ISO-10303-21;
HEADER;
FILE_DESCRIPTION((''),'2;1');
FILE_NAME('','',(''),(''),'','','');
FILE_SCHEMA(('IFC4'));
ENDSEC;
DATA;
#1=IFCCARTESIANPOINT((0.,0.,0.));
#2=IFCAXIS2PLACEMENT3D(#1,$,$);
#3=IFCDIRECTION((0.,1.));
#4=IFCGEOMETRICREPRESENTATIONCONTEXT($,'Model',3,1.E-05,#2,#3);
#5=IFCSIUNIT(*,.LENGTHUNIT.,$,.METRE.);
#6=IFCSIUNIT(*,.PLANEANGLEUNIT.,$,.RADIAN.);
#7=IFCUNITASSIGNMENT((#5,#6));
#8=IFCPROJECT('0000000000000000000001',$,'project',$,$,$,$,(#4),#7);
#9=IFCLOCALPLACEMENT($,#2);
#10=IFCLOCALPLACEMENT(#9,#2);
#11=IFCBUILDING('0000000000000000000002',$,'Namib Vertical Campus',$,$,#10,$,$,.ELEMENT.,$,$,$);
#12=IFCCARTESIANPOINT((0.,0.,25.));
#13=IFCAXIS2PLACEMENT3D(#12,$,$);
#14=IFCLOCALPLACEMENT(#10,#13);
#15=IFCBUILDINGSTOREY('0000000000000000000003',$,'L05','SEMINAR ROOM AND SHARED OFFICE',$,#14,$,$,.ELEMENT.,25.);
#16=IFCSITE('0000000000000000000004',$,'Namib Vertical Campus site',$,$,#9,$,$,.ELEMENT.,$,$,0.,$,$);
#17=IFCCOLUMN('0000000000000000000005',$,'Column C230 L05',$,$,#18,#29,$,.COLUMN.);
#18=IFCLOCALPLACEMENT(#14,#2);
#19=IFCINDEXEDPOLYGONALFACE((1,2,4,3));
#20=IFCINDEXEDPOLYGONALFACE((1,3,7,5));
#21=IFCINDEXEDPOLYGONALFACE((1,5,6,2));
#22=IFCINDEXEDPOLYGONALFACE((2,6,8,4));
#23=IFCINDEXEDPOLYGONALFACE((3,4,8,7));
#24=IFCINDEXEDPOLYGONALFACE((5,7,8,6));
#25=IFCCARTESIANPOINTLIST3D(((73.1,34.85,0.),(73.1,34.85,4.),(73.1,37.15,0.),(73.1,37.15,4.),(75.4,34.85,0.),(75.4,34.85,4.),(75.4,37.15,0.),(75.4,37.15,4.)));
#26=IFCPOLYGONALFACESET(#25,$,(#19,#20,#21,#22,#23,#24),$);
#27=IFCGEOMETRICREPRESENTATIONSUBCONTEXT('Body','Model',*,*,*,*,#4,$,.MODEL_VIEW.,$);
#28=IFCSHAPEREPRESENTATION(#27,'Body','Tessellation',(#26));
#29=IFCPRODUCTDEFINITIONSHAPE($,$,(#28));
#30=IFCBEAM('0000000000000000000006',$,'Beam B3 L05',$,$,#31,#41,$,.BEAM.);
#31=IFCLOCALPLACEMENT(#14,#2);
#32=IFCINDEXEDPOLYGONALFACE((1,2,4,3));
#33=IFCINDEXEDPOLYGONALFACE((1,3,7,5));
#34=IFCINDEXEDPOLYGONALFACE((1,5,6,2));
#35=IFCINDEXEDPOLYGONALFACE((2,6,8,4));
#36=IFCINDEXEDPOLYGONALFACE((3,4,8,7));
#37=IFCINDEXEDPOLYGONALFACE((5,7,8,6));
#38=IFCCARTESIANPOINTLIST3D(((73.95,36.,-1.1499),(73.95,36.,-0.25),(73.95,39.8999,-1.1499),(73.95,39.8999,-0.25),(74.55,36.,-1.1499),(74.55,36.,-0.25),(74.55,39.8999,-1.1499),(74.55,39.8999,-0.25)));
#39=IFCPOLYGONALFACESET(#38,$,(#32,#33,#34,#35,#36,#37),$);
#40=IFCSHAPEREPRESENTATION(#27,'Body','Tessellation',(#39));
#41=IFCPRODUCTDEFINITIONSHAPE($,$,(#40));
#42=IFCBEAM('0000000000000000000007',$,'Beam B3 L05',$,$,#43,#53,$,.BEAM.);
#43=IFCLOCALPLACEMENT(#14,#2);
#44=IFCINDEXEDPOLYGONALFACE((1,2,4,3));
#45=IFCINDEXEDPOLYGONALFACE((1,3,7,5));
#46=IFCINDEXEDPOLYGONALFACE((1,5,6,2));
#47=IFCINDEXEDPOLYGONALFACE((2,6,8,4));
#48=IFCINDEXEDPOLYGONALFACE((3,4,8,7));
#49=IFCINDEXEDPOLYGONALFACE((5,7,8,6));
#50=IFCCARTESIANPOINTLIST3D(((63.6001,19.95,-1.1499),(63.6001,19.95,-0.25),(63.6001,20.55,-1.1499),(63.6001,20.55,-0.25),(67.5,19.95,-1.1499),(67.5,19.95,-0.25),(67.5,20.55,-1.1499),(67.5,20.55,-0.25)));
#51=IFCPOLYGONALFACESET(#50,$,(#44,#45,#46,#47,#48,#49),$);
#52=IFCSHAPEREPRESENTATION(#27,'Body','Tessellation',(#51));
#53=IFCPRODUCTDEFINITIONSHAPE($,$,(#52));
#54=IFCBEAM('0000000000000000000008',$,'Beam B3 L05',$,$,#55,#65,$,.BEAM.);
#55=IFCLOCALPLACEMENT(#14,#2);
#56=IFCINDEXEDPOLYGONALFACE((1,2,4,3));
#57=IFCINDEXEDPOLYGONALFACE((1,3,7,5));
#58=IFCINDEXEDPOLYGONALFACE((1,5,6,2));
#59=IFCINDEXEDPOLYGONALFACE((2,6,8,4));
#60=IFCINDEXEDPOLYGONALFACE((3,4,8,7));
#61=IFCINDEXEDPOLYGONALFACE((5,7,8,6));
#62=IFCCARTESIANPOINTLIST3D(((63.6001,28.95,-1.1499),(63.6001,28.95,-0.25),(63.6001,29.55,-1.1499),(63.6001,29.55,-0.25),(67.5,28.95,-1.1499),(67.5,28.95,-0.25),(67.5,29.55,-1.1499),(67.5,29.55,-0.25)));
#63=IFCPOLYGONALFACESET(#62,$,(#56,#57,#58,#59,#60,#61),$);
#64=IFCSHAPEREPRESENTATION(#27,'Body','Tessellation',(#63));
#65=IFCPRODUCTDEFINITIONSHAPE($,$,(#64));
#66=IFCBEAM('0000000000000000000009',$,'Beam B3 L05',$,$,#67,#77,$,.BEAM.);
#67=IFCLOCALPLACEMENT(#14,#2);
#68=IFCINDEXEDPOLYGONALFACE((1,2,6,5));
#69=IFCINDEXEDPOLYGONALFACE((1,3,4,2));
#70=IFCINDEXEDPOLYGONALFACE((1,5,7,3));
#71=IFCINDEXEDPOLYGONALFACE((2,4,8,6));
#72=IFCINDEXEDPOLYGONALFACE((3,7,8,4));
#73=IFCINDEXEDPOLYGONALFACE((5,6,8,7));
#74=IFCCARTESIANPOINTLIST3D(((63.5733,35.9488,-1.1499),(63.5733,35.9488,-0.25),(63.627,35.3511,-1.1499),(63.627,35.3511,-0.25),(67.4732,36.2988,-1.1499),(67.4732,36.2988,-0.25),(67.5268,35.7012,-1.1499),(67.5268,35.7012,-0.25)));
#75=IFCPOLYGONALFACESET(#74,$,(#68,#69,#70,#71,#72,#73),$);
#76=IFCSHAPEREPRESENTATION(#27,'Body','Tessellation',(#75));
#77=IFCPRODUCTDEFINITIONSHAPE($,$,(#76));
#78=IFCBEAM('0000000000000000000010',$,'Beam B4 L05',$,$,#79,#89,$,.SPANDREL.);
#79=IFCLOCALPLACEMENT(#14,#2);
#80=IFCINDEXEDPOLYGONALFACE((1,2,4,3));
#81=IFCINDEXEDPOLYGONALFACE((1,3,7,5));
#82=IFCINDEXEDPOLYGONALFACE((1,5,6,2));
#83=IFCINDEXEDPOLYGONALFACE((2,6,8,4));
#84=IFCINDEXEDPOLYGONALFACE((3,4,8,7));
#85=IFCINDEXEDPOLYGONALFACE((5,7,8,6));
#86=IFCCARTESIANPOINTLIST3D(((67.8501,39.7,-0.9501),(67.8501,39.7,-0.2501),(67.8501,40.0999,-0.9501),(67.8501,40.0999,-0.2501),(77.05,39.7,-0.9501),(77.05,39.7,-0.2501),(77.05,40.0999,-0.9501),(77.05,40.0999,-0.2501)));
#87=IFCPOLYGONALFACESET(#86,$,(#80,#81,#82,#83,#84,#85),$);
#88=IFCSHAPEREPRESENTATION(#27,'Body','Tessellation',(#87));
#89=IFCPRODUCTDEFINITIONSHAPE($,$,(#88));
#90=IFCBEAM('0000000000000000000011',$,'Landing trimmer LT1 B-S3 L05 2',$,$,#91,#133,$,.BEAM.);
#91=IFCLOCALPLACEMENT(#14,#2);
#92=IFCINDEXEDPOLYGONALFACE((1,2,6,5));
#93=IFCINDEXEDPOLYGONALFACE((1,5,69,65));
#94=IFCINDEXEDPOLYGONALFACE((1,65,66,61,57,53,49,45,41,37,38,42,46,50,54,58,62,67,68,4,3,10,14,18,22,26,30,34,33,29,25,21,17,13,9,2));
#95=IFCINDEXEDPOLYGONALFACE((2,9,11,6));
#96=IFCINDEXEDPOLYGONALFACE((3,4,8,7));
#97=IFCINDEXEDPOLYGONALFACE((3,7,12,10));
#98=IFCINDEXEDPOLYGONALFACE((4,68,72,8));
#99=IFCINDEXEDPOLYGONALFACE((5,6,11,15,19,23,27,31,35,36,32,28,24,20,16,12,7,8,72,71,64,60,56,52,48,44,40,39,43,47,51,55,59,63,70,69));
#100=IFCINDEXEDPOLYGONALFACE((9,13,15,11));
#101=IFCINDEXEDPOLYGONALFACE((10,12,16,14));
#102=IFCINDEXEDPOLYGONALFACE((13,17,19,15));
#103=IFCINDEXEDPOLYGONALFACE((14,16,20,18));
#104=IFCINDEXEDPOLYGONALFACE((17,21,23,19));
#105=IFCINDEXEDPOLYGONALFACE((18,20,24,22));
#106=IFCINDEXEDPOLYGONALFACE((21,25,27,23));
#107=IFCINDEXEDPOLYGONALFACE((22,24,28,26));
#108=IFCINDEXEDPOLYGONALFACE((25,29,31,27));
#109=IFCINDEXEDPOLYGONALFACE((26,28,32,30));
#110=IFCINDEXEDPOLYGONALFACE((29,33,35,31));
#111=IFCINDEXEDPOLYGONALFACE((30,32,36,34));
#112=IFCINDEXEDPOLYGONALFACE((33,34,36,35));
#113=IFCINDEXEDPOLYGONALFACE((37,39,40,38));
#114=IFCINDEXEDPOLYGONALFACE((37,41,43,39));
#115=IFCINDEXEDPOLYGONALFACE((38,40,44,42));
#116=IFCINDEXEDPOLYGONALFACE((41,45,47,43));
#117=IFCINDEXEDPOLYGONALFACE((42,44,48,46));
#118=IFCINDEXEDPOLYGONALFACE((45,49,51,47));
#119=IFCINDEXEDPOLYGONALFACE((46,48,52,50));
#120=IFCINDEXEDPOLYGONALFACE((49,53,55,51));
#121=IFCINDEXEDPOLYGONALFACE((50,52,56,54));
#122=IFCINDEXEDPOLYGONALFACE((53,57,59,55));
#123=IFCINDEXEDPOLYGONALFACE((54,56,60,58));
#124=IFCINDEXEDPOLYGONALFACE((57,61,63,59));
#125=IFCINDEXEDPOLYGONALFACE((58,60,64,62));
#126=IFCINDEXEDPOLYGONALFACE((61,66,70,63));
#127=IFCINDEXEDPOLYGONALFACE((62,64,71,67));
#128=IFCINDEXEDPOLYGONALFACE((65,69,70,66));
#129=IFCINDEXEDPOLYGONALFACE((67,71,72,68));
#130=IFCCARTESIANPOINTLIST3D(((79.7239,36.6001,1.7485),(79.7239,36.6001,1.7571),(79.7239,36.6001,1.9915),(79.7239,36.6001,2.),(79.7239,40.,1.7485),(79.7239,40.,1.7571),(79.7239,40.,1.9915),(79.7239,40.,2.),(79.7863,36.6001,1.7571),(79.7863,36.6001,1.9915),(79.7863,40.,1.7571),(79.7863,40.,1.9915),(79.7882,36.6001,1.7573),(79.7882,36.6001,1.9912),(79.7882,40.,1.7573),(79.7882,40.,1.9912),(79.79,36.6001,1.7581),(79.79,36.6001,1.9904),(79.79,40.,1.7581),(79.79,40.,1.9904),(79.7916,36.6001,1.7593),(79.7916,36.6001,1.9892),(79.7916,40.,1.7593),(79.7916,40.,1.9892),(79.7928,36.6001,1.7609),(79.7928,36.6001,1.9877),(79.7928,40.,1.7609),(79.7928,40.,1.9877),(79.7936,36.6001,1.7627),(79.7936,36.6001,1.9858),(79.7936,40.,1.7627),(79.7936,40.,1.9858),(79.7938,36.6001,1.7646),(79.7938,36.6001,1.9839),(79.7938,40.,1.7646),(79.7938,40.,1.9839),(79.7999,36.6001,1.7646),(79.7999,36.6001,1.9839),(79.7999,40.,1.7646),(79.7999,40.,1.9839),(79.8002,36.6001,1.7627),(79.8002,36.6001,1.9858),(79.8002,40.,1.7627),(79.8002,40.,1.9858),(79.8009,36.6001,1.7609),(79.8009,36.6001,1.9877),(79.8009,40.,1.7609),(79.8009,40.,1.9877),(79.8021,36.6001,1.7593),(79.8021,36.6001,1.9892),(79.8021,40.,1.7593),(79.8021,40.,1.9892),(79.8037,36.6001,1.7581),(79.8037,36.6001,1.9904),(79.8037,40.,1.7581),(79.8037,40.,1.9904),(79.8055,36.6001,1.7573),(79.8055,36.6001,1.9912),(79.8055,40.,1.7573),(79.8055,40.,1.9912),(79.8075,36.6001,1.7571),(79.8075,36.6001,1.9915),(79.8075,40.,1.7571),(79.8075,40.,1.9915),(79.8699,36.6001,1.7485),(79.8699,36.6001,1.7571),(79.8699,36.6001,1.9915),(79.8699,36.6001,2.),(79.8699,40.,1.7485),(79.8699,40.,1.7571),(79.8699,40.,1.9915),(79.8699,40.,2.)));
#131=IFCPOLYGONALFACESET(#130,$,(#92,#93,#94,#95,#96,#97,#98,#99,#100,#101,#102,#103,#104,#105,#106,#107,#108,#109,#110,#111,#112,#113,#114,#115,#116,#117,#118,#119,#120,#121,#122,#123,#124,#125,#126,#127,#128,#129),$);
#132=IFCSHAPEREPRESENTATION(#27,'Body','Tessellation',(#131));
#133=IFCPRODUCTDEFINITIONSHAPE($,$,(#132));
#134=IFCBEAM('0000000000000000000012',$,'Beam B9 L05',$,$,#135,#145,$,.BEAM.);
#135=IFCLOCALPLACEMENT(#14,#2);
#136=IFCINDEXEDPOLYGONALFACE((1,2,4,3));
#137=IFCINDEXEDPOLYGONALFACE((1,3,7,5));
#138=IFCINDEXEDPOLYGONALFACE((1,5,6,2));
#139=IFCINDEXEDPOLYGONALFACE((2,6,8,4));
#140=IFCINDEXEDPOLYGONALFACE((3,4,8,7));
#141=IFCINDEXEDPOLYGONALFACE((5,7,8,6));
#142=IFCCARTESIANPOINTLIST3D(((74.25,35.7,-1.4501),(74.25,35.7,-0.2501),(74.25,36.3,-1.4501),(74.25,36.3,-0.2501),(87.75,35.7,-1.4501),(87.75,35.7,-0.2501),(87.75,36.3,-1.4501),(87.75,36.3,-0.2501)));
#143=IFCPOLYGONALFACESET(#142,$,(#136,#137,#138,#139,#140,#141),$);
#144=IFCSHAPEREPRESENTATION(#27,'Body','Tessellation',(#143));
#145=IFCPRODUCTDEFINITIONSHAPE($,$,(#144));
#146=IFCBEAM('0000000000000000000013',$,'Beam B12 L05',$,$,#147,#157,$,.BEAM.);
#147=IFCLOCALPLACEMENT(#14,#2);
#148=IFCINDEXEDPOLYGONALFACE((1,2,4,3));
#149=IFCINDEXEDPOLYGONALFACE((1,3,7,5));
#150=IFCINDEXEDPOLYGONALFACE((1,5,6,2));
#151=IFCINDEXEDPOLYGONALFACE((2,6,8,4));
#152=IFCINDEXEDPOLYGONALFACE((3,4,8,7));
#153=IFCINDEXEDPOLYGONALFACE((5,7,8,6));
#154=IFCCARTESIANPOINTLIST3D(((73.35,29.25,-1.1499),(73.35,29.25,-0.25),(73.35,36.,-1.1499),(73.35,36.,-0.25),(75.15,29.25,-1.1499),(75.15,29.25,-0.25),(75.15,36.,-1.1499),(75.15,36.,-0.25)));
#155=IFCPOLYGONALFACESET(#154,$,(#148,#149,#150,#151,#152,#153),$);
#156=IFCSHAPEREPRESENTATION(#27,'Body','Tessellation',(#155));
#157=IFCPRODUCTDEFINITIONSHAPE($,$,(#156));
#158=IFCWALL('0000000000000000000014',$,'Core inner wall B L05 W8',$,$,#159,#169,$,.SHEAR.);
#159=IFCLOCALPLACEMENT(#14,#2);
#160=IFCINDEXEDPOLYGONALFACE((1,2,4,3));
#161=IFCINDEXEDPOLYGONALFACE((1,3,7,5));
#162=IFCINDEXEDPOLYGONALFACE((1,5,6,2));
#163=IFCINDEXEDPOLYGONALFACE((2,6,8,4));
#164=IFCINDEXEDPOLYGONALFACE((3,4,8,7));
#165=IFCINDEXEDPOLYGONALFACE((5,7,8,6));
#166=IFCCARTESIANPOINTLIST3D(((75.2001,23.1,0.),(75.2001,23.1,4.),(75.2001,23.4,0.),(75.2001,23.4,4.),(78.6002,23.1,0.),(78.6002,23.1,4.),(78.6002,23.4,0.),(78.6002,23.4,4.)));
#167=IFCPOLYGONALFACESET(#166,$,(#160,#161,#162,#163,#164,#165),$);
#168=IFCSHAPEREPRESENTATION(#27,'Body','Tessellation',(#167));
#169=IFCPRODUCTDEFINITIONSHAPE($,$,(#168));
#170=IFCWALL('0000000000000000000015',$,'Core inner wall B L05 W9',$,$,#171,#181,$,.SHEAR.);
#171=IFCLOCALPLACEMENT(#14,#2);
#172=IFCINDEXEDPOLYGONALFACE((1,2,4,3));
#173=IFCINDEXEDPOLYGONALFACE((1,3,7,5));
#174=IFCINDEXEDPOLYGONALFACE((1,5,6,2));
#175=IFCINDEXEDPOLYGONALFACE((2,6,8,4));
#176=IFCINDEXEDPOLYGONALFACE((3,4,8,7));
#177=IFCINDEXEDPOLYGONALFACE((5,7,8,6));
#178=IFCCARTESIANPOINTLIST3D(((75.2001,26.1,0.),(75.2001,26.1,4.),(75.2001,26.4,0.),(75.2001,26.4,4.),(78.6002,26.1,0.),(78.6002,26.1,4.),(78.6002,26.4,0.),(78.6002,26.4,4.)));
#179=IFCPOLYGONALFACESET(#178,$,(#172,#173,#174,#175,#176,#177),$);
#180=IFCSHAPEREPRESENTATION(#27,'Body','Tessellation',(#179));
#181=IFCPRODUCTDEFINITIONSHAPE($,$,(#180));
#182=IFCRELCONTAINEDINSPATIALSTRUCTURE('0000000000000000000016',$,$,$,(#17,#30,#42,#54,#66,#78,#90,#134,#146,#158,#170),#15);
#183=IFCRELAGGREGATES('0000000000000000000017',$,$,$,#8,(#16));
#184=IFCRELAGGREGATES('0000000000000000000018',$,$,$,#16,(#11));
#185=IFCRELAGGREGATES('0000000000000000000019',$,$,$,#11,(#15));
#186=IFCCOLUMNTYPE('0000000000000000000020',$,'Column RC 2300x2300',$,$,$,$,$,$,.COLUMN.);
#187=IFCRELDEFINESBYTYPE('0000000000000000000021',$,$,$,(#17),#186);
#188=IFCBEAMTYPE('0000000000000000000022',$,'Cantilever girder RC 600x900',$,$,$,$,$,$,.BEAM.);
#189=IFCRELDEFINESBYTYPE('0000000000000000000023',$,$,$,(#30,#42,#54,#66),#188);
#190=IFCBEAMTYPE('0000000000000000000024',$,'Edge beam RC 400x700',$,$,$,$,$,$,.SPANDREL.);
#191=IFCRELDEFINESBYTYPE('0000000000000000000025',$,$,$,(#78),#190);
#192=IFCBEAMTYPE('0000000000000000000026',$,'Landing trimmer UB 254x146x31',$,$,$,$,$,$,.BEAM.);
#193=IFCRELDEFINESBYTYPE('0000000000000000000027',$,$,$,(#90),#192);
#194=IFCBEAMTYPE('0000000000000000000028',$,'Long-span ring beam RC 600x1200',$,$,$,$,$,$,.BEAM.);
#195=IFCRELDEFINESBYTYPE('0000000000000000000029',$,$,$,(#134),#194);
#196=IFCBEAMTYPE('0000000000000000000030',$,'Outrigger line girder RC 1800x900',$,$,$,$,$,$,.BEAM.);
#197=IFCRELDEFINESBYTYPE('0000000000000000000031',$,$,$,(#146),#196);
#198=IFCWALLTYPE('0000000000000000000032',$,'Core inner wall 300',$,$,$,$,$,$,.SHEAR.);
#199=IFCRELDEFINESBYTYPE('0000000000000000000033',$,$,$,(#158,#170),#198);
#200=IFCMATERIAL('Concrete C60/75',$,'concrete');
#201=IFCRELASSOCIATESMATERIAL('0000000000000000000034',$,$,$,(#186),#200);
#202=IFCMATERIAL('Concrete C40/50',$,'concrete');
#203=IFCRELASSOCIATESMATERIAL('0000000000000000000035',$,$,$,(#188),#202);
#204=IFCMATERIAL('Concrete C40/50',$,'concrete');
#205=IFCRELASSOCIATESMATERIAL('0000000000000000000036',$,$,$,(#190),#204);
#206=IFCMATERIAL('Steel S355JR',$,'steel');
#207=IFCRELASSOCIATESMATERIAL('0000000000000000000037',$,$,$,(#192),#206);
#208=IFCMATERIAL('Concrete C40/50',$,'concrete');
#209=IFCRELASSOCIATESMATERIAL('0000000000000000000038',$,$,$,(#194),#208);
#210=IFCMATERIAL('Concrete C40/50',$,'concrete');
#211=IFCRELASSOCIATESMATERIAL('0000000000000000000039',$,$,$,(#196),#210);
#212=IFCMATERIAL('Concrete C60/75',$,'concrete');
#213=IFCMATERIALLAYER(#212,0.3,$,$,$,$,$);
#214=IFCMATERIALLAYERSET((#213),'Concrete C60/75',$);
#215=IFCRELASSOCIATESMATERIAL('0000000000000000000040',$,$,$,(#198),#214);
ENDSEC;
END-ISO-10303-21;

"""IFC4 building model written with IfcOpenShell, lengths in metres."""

from ifc_helpers import new_model, si_unit, direction, frame, frame_2d, origin, origin_2d, place, context, subcontext, project, spatial, rectangle, i_section, extrude, material, layer, layer_set, material_profile, profile_set, type_object, element, save


model = new_model("IFC4")

# Units and contexts
model_context = context("Model", 3, precision=1e-05, world=origin(), true_north=direction((0.0, 1.0)))
body_context = subcontext(model_context, "Body", "Model", "MODEL_VIEW")
ifc_project = project(units=[si_unit("LENGTHUNIT", "METRE"), si_unit("PLANEANGLEUNIT", "RADIAN")], contexts=[model_context])

# Site, building, storey
site_placement = place(None, origin())
site = spatial("IfcSite", under=ifc_project, at=site_placement, Name="Namib Vertical Campus site", CompositionType="ELEMENT", RefElevation=0.0)
building_placement = place(site_placement, origin())
building = spatial("IfcBuilding", under=site, at=building_placement, Name="Namib Vertical Campus", CompositionType="ELEMENT")
storey_placement = place(building_placement, frame((0.0, 0.0, 25.0)))
storey = spatial("IfcBuildingStorey", under=building, at=storey_placement, Name="L05", Description="SEMINAR ROOM AND SHARED OFFICE", CompositionType="ELEMENT", Elevation=25.0)

# Column
ifc_material_1 = material(Name="Concrete C60/75", Category="concrete")
ifc_material_profile_1 = material_profile(ifc_material_1, rectangle(XDim=2.3, YDim=2.3, at=origin_2d()))
ifc_profile_set_1 = profile_set([ifc_material_profile_1], Name="Concrete C60/75")
column_type = type_object("IfcColumnType", Name="Column RC 2300x2300", PredefinedType="COLUMN", material=ifc_profile_set_1)
column_placement = place(storey_placement, frame((74.25, 36.0, 0.0), z_axis=(0.0, 0.0, 1.0), x_axis=(1.0, 0.0, 0.0)))
element("IfcColumn", 1, at=column_placement, inside=storey, type_object=column_type, Name="Column C230 L05", PredefinedType="COLUMN", context=body_context, shape_type="SweptSolid", body=[
    extrude(rectangle(XDim=2.3, YDim=2.3, at=origin_2d()), origin(), (0.0, 0.0, 1.0), 4.0),
])

# Beams
ifc_material_2 = material(Name="Concrete C40/50", Category="concrete")
ifc_material_profile_2 = material_profile(ifc_material_2, rectangle(XDim=0.6001, YDim=0.8999, at=origin_2d()))
ifc_profile_set_2 = profile_set([ifc_material_profile_2], Name="Concrete C40/50")
beam_type_1 = type_object("IfcBeamType", Name="Cantilever girder RC 600x900", PredefinedType="BEAM", material=ifc_profile_set_2)
for number, where, z_axis, x_axis, name in (
    (2, (74.25, 36.0, -0.7), (0.0, 1.0, 0.0), (-1.0, 0.0, 0.0), "Beam B3 L05"),
    (3, (67.5, 20.25, -0.7), (-1.0, 0.0, 0.0), (0.0, -1.0, 0.0), "Beam B3 L05"),
    (4, (67.5, 29.25, -0.7), (-1.0, 0.0, 0.0), (0.0, -1.0, 0.0), "Beam B3 L05"),
):
    element("IfcBeam", number, at=place(storey_placement, frame(where, z_axis=z_axis, x_axis=x_axis)), inside=storey, type_object=beam_type_1, Name=name, PredefinedType="BEAM", context=body_context, shape_type="SweptSolid", body=[
        extrude(rectangle(XDim=0.6001, YDim=0.8999, at=origin_2d()), origin(), (0.0, 0.0, 1.0), 3.8999),
    ])
beam_1_placement = place(storey_placement, frame((67.5, 36.0, -0.7), z_axis=(-0.995995, -0.089411, 0.0), x_axis=(0.089411, -0.995995, 0.0)))
element("IfcBeam", 5, at=beam_1_placement, inside=storey, type_object=beam_type_1, Name="Beam B3 L05", PredefinedType="BEAM", context=body_context, shape_type="SweptSolid", body=[
    extrude(rectangle(XDim=0.6001, YDim=0.8999, at=origin_2d()), origin(), (0.0, 0.0, 1.0), 3.9155),
])
ifc_material_3 = material(Name="Concrete C40/50", Category="concrete")
ifc_material_profile_3 = material_profile(ifc_material_3, rectangle(XDim=0.3999, YDim=0.7, at=origin_2d()))
ifc_profile_set_3 = profile_set([ifc_material_profile_3], Name="Concrete C40/50")
beam_type_2 = type_object("IfcBeamType", Name="Edge beam RC 400x700", PredefinedType="SPANDREL", material=ifc_profile_set_3)
beam_2_placement = place(storey_placement, frame((67.8501, 39.8999, -0.6001), z_axis=(1.0, 0.0, 0.0), x_axis=(0.0, 1.0, 0.0)))
element("IfcBeam", 6, at=beam_2_placement, inside=storey, type_object=beam_type_2, Name="Beam B4 L05", PredefinedType="SPANDREL", context=body_context, shape_type="SweptSolid", body=[
    extrude(rectangle(XDim=0.3999, YDim=0.7, at=origin_2d()), origin(), (0.0, 0.0, 1.0), 9.2),
])
ifc_material_4 = material(Name="Steel S355JR", Category="steel")
ifc_material_profile_4 = material_profile(ifc_material_4, i_section(OverallWidth=0.146, OverallDepth=0.2515, WebThickness=0.0061, FlangeThickness=0.0085, FilletRadius=0.0076, at=origin_2d()))
ifc_profile_set_4 = profile_set([ifc_material_profile_4], Name="Steel S355JR")
beam_type_3 = type_object("IfcBeamType", Name="Landing trimmer UB 254x146x31", PredefinedType="BEAM", material=ifc_profile_set_4)
beam_3_placement = place(storey_placement, frame((79.7969, 36.6001, 1.8743), z_axis=(0.0, 1.0, 0.0), x_axis=(-1.0, 0.0, 0.0)))
element("IfcBeam", 7, at=beam_3_placement, inside=storey, type_object=beam_type_3, Name="Landing trimmer LT1 B-S3 L05 2", PredefinedType="BEAM", context=body_context, shape_type="SweptSolid", body=[
    extrude(i_section(OverallWidth=0.146, OverallDepth=0.2515, WebThickness=0.0061, FlangeThickness=0.0085, FilletRadius=0.0076, at=origin_2d()), origin(), (0.0, 0.0, 1.0), 3.3999),
])
ifc_material_5 = material(Name="Concrete C40/50", Category="concrete")
ifc_material_profile_5 = material_profile(ifc_material_5, rectangle(XDim=0.6001, YDim=1.2, at=origin_2d()))
ifc_profile_set_5 = profile_set([ifc_material_profile_5], Name="Concrete C40/50")
beam_type_4 = type_object("IfcBeamType", Name="Long-span ring beam RC 600x1200", PredefinedType="BEAM", material=ifc_profile_set_5)
beam_4_placement = place(storey_placement, frame((74.25, 36.0, -0.8501), z_axis=(1.0, 0.0, 0.0), x_axis=(0.0, 1.0, 0.0)))
element("IfcBeam", 8, at=beam_4_placement, inside=storey, type_object=beam_type_4, Name="Beam B9 L05", PredefinedType="BEAM", context=body_context, shape_type="SweptSolid", body=[
    extrude(rectangle(XDim=0.6001, YDim=1.2, at=origin_2d()), origin(), (0.0, 0.0, 1.0), 13.5),
])
ifc_material_6 = material(Name="Concrete C40/50", Category="concrete")
ifc_material_profile_6 = material_profile(ifc_material_6, rectangle(XDim=1.8, YDim=0.8999, at=origin_2d()))
ifc_profile_set_6 = profile_set([ifc_material_profile_6], Name="Concrete C40/50")
beam_type_5 = type_object("IfcBeamType", Name="Outrigger line girder RC 1800x900", PredefinedType="BEAM", material=ifc_profile_set_6)
beam_5_placement = place(storey_placement, frame((74.25, 36.0, -0.7), z_axis=(0.0, -1.0, 0.0), x_axis=(1.0, 0.0, 0.0)))
element("IfcBeam", 9, at=beam_5_placement, inside=storey, type_object=beam_type_5, Name="Beam B12 L05", PredefinedType="BEAM", context=body_context, shape_type="SweptSolid", body=[
    extrude(rectangle(XDim=1.8, YDim=0.8999, at=origin_2d()), origin(), (0.0, 0.0, 1.0), 6.75),
])

# Walls
ifc_material_7 = material(Name="Concrete C60/75", Category="concrete")
ifc_layer_1 = layer(ifc_material_7, 0.3)
ifc_layer_set_1 = layer_set([ifc_layer_1], Name="Concrete C60/75")
wall_type_1 = type_object("IfcWallType", Name="Core inner wall 300", PredefinedType="SHEAR", material=ifc_layer_set_1)
for number, where, z_axis, x_axis, name in (
    (10, (75.2, 23.25, 0.0), (0.0, 0.0, 1.0), (1.0, 0.0, 0.0), "Core inner wall B L05 W8"),
    (11, (75.2, 26.25, 0.0), (0.0, 0.0, 1.0), (1.0, 0.0, 0.0), "Core inner wall B L05 W9"),
):
    element("IfcWall", number, at=place(storey_placement, frame(where, z_axis=z_axis, x_axis=x_axis)), inside=storey, type_object=wall_type_1, Name=name, PredefinedType="SHEAR", context=body_context, shape_type="SweptSolid", body=[
        extrude(rectangle(XDim=3.4001, YDim=0.3, at=frame_2d((1.7002, 0.0))), origin(), (0.0, 0.0, 1.0), 4.0),
    ])

save(model, "model.ifc")
